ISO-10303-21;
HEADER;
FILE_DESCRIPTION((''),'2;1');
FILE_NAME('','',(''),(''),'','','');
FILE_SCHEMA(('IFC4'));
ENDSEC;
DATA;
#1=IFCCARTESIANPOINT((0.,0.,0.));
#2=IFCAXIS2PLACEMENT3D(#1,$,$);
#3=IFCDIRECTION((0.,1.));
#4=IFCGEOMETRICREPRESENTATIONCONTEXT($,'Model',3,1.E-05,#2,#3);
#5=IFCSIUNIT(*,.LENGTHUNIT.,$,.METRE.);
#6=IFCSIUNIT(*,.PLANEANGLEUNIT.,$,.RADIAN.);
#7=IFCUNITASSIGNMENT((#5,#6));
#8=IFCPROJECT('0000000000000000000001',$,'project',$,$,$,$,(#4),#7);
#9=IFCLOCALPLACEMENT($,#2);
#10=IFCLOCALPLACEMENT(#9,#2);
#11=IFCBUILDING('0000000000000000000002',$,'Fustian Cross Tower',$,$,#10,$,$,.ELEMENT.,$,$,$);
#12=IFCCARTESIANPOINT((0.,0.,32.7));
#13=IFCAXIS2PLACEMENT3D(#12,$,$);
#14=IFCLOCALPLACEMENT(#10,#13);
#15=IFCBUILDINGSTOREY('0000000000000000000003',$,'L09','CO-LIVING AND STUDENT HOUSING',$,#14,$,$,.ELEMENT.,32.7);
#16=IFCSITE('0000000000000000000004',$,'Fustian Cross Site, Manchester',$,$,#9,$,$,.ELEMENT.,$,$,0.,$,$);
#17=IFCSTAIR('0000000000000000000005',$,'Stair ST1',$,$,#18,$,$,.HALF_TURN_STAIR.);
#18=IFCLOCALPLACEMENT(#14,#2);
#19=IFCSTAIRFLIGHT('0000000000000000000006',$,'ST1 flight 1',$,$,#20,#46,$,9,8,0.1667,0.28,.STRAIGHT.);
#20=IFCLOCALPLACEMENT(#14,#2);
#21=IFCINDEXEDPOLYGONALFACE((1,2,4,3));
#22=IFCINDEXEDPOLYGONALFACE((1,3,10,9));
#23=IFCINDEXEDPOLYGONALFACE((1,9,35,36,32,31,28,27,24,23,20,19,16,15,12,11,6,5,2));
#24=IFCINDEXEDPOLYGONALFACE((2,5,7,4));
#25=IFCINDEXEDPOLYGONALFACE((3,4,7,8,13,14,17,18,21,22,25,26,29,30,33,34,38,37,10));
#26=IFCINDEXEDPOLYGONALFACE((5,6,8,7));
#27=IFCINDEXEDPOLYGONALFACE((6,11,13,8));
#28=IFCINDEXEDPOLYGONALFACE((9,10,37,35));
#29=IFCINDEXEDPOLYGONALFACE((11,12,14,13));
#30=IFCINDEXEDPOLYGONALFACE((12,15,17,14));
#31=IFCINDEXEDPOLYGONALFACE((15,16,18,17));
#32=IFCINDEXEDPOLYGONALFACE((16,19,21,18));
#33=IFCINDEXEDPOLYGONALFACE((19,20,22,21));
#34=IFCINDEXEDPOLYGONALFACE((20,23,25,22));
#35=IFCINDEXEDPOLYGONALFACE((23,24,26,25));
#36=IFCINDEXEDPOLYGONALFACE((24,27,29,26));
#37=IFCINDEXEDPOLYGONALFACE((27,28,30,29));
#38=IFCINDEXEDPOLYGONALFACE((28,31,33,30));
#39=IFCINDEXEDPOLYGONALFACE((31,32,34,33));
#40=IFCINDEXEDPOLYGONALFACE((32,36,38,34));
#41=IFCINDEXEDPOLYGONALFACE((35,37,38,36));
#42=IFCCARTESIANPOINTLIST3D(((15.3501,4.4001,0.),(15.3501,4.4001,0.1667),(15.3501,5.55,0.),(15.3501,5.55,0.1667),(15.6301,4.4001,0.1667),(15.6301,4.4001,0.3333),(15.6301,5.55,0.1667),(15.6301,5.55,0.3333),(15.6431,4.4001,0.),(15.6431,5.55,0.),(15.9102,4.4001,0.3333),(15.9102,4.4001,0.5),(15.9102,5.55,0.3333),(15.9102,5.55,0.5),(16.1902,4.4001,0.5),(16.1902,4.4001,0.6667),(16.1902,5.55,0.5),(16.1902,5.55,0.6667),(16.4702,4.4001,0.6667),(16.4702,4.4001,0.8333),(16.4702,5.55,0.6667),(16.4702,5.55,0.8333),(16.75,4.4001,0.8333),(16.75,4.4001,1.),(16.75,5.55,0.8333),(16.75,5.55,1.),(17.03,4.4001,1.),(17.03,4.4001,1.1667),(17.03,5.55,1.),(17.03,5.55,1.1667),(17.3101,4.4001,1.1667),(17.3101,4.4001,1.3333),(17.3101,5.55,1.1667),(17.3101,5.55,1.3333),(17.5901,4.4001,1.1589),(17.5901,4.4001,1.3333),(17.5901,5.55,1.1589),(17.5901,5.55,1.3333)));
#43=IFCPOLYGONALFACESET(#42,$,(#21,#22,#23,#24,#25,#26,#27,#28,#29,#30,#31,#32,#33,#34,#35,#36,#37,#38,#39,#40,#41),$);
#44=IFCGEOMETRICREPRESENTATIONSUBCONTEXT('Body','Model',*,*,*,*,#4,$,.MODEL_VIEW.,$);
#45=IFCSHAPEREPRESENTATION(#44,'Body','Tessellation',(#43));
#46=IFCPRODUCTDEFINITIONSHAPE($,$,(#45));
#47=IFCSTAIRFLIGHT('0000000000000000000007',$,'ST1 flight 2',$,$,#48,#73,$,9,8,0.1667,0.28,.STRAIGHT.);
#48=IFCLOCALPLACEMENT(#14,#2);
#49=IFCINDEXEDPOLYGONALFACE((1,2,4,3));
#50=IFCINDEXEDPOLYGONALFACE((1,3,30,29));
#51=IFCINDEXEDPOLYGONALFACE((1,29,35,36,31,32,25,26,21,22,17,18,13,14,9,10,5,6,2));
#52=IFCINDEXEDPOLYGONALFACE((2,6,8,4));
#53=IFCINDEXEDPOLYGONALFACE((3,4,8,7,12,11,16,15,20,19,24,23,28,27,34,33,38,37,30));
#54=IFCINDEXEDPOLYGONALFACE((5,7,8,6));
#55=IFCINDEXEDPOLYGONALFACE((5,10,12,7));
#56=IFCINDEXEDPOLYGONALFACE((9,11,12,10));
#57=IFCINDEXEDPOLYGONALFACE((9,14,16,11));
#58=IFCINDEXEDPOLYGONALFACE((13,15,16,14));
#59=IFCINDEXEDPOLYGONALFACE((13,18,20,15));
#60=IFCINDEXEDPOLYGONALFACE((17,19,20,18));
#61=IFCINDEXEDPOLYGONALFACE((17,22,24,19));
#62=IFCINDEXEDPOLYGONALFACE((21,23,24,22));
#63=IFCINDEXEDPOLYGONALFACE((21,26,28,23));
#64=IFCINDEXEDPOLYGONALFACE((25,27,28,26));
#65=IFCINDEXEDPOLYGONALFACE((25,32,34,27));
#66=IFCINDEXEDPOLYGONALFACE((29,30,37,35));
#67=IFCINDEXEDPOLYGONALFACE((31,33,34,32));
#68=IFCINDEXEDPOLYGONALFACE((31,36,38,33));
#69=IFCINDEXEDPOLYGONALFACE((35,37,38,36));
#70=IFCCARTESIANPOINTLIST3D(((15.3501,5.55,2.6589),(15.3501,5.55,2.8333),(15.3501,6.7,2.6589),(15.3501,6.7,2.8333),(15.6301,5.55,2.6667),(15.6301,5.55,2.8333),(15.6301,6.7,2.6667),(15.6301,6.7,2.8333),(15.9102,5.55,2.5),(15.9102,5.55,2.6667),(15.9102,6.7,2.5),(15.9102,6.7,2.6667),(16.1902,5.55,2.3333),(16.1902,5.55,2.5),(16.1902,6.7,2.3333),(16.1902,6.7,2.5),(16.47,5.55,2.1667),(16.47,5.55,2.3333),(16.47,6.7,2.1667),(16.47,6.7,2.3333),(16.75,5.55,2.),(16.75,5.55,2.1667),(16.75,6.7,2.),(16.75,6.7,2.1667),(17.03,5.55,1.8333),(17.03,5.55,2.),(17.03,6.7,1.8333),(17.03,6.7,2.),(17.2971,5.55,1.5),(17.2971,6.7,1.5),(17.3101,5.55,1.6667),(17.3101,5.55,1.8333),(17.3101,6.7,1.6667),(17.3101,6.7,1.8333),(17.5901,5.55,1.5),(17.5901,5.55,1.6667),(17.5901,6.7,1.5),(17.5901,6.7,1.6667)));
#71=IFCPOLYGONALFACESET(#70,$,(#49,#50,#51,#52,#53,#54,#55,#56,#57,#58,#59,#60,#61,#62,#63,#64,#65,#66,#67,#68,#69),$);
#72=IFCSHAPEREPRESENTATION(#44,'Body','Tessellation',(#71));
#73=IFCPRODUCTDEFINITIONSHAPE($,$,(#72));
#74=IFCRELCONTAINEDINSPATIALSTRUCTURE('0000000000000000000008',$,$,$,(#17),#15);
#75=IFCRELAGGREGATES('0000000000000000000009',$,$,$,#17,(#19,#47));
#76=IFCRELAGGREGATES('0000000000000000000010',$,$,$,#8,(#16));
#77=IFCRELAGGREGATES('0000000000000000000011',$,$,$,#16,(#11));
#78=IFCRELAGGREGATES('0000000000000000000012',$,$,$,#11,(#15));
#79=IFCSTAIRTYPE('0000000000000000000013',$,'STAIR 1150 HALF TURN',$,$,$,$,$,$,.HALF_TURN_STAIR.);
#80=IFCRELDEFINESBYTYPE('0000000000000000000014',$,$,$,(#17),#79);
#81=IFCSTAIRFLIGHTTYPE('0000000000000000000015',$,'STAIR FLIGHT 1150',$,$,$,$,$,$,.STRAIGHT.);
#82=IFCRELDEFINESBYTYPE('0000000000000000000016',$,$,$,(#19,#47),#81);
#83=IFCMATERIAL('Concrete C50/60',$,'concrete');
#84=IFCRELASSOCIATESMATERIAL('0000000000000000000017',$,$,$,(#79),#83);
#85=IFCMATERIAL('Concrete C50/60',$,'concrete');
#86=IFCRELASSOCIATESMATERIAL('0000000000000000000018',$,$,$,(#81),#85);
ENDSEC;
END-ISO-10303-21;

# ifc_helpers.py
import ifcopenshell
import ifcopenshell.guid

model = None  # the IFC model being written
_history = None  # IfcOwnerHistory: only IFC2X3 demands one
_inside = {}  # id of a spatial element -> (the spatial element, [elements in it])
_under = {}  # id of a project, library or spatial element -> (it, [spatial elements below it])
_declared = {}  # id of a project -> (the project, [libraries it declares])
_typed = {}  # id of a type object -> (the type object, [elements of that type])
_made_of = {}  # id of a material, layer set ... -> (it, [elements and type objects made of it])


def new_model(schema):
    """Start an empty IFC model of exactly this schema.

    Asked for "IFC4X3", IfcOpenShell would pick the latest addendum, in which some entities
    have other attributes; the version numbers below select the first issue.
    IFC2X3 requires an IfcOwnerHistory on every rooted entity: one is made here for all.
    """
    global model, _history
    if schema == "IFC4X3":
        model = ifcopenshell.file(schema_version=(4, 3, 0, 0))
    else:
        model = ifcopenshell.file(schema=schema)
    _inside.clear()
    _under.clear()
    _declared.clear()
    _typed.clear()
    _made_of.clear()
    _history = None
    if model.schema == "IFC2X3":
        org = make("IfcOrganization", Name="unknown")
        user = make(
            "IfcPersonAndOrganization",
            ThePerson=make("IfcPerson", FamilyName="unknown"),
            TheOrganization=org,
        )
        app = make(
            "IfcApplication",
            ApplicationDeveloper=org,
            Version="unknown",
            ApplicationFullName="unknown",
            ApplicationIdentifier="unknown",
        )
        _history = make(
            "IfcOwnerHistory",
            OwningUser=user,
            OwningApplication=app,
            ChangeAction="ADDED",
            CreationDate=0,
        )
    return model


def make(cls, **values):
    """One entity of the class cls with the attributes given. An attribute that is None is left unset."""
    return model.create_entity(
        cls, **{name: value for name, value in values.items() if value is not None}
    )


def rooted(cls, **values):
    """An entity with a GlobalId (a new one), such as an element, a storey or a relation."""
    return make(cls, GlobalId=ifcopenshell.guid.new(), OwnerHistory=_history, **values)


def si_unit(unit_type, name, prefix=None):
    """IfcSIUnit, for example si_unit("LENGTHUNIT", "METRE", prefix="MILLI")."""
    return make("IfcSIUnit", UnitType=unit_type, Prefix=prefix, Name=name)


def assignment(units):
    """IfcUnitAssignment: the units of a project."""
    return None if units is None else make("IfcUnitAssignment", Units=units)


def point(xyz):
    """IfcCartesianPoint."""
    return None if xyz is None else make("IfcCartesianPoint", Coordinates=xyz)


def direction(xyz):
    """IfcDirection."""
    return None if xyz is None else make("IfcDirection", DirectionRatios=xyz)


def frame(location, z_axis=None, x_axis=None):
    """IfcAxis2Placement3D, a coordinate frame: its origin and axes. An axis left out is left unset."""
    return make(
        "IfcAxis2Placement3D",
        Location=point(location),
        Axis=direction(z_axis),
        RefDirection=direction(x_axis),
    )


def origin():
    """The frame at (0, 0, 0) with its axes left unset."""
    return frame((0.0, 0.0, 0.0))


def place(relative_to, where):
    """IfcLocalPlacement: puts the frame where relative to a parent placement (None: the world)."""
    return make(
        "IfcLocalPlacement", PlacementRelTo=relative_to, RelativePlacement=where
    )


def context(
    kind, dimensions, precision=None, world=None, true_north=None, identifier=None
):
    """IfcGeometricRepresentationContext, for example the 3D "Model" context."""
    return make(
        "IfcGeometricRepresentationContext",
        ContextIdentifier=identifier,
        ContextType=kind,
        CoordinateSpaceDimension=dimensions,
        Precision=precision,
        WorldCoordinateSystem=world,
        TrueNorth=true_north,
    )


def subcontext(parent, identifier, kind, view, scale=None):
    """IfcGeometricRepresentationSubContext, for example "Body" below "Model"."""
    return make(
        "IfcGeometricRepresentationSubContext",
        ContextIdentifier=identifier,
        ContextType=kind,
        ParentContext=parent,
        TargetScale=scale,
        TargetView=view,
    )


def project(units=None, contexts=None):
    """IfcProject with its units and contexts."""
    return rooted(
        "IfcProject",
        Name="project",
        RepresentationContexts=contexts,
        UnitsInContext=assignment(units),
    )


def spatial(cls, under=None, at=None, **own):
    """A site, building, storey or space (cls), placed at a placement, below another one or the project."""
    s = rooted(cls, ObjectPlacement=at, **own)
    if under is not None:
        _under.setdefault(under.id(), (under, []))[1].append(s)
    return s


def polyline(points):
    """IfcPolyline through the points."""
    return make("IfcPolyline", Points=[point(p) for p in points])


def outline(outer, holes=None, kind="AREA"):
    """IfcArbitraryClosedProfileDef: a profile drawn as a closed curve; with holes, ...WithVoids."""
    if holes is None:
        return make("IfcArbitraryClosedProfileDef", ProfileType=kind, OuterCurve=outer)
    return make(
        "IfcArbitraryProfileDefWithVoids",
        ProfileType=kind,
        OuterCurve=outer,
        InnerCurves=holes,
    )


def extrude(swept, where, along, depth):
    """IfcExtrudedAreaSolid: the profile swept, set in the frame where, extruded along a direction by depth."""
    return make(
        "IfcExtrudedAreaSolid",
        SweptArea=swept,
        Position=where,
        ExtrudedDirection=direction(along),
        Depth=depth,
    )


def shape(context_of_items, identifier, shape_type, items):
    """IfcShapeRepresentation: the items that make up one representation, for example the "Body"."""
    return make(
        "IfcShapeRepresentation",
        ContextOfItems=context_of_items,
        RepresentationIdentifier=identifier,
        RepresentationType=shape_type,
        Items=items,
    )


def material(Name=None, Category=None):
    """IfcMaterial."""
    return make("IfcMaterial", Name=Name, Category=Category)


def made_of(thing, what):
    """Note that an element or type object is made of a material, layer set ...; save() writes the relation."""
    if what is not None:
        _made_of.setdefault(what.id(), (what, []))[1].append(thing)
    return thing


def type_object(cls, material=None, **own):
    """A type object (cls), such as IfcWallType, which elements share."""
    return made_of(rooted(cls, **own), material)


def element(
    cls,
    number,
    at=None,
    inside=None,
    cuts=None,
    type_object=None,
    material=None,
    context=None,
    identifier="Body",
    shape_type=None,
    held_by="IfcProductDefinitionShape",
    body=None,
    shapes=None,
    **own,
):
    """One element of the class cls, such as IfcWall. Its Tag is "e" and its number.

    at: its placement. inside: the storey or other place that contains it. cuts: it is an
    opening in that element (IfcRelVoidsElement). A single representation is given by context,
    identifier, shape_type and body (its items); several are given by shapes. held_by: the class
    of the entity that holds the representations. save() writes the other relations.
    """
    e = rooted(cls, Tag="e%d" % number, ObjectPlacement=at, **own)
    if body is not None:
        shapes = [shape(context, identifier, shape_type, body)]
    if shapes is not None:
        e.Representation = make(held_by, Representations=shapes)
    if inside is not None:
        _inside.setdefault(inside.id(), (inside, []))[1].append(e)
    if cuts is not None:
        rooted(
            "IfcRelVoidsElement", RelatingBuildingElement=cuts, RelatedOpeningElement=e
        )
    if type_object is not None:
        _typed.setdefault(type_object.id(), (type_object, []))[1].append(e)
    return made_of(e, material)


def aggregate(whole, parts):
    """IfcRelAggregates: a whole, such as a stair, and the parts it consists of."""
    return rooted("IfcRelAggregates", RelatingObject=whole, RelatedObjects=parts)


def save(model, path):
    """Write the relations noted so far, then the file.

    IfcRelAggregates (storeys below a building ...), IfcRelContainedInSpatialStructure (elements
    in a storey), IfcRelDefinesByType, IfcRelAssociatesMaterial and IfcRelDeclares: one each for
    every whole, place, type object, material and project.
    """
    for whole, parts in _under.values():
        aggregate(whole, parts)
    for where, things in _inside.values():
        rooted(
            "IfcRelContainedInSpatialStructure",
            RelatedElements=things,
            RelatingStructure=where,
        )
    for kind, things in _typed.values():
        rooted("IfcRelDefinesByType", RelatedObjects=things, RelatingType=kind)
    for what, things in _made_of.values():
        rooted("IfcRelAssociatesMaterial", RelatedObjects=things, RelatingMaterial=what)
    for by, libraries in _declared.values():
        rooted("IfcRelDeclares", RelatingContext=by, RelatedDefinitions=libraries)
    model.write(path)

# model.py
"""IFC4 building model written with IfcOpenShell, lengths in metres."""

from ifc_helpers import new_model, si_unit, direction, frame, origin, place, context, subcontext, project, spatial, polyline, outline, extrude, material, type_object, element, aggregate, save


model = new_model("IFC4")

# Units and contexts
model_context = context("Model", 3, precision=1e-05, world=origin(), true_north=direction((0.0, 1.0)))
body_context = subcontext(model_context, "Body", "Model", "MODEL_VIEW")
ifc_project = project(units=[si_unit("LENGTHUNIT", "METRE"), si_unit("PLANEANGLEUNIT", "RADIAN")], contexts=[model_context])

# Site, building, storey
site_placement = place(None, origin())
site = spatial("IfcSite", under=ifc_project, at=site_placement, Name="Fustian Cross Site, Manchester", CompositionType="ELEMENT", RefElevation=0.0)
building_placement = place(site_placement, origin())
building = spatial("IfcBuilding", under=site, at=building_placement, Name="Fustian Cross Tower", CompositionType="ELEMENT")
storey_placement = place(building_placement, frame((0.0, 0.0, 32.7)))
storey = spatial("IfcBuildingStorey", under=building, at=storey_placement, Name="L09", Description="CO-LIVING AND STUDENT HOUSING", CompositionType="ELEMENT", Elevation=32.7)

# Stair, stair flights
ifc_material_1 = material(Name="Concrete C50/60", Category="concrete")
stair_type = type_object("IfcStairType", Name="STAIR 1150 HALF TURN", PredefinedType="HALF_TURN_STAIR", material=ifc_material_1)
stair_placement = place(storey_placement, origin())
stair = element("IfcStair", 1, at=stair_placement, inside=storey, type_object=stair_type, Name="Stair ST1", PredefinedType="HALF_TURN_STAIR")
ifc_material_2 = material(Name="Concrete C50/60", Category="concrete")
stair_flight_type = type_object("IfcStairFlightType", Name="STAIR FLIGHT 1150", PredefinedType="STRAIGHT", material=ifc_material_2)
stair_flight_1_placement = place(storey_placement, frame((15.3501, 4.9751, 0.0), z_axis=(0.0, 0.0, 1.0), x_axis=(1.0, 0.0, 0.0)))
stair_flight_1 = element("IfcStairFlight", 2, at=stair_flight_1_placement, type_object=stair_flight_type, Name="ST1 flight 1", NumberOfRisers=9, NumberOfTreads=8, PredefinedType="STRAIGHT", RiserHeight=0.1667, TreadLength=0.28, context=body_context, shape_type="SweptSolid", body=[
    extrude(outline(polyline([(0.0, 0.0), (0.0, 0.1667), (0.28, 0.1667), (0.28, 0.3333), (0.5601, 0.3333), (0.5601, 0.5), (0.8401, 0.5), (0.8401, 0.6667), (1.1201, 0.6667), (1.1201, 0.8333), (1.3999, 0.8333), (1.3999, 1.0), (1.6799, 1.0), (1.6799, 1.1667), (1.96, 1.1667), (1.96, 1.3333), (2.24, 1.3333), (2.24, 1.5), (2.24, 1.1589), (0.293, 0.0), (0.0, 0.0)])), frame((0.0, 0.575, 0.0), z_axis=(0.0, -1.0, 0.0), x_axis=(1.0, 0.0, 0.0)), (0.0, 0.0, 1.0), 1.1499),
])
stair_flight_2_placement = place(storey_placement, frame((17.5901, 6.125, 1.5), z_axis=(0.0, 0.0, 1.0), x_axis=(-1.0, 0.0, 0.0)))
stair_flight_2 = element("IfcStairFlight", 3, at=stair_flight_2_placement, type_object=stair_flight_type, Name="ST1 flight 2", NumberOfRisers=9, NumberOfTreads=8, PredefinedType="STRAIGHT", RiserHeight=0.1667, TreadLength=0.28, context=body_context, shape_type="SweptSolid", body=[
    extrude(outline(polyline([(0.0, 0.0), (0.0, 0.1667), (0.28, 0.1667), (0.28, 0.3333), (0.5601, 0.3333), (0.5601, 0.5), (0.8401, 0.5), (0.8401, 0.6667), (1.1201, 0.6667), (1.1201, 0.8333), (1.3999, 0.8333), (1.3999, 1.0), (1.6799, 1.0), (1.6799, 1.1667), (1.96, 1.1667), (1.96, 1.3333), (2.24, 1.3333), (2.24, 1.5), (2.24, 1.1589), (0.293, 0.0), (0.0, 0.0)])), frame((0.0, 0.575, 0.0), z_axis=(0.0, -1.0, 0.0), x_axis=(1.0, 0.0, 0.0)), (0.0, 0.0, 1.0), 1.1499),
])
aggregate(stair, [stair_flight_1, stair_flight_2])

save(model, "model.ifc")
